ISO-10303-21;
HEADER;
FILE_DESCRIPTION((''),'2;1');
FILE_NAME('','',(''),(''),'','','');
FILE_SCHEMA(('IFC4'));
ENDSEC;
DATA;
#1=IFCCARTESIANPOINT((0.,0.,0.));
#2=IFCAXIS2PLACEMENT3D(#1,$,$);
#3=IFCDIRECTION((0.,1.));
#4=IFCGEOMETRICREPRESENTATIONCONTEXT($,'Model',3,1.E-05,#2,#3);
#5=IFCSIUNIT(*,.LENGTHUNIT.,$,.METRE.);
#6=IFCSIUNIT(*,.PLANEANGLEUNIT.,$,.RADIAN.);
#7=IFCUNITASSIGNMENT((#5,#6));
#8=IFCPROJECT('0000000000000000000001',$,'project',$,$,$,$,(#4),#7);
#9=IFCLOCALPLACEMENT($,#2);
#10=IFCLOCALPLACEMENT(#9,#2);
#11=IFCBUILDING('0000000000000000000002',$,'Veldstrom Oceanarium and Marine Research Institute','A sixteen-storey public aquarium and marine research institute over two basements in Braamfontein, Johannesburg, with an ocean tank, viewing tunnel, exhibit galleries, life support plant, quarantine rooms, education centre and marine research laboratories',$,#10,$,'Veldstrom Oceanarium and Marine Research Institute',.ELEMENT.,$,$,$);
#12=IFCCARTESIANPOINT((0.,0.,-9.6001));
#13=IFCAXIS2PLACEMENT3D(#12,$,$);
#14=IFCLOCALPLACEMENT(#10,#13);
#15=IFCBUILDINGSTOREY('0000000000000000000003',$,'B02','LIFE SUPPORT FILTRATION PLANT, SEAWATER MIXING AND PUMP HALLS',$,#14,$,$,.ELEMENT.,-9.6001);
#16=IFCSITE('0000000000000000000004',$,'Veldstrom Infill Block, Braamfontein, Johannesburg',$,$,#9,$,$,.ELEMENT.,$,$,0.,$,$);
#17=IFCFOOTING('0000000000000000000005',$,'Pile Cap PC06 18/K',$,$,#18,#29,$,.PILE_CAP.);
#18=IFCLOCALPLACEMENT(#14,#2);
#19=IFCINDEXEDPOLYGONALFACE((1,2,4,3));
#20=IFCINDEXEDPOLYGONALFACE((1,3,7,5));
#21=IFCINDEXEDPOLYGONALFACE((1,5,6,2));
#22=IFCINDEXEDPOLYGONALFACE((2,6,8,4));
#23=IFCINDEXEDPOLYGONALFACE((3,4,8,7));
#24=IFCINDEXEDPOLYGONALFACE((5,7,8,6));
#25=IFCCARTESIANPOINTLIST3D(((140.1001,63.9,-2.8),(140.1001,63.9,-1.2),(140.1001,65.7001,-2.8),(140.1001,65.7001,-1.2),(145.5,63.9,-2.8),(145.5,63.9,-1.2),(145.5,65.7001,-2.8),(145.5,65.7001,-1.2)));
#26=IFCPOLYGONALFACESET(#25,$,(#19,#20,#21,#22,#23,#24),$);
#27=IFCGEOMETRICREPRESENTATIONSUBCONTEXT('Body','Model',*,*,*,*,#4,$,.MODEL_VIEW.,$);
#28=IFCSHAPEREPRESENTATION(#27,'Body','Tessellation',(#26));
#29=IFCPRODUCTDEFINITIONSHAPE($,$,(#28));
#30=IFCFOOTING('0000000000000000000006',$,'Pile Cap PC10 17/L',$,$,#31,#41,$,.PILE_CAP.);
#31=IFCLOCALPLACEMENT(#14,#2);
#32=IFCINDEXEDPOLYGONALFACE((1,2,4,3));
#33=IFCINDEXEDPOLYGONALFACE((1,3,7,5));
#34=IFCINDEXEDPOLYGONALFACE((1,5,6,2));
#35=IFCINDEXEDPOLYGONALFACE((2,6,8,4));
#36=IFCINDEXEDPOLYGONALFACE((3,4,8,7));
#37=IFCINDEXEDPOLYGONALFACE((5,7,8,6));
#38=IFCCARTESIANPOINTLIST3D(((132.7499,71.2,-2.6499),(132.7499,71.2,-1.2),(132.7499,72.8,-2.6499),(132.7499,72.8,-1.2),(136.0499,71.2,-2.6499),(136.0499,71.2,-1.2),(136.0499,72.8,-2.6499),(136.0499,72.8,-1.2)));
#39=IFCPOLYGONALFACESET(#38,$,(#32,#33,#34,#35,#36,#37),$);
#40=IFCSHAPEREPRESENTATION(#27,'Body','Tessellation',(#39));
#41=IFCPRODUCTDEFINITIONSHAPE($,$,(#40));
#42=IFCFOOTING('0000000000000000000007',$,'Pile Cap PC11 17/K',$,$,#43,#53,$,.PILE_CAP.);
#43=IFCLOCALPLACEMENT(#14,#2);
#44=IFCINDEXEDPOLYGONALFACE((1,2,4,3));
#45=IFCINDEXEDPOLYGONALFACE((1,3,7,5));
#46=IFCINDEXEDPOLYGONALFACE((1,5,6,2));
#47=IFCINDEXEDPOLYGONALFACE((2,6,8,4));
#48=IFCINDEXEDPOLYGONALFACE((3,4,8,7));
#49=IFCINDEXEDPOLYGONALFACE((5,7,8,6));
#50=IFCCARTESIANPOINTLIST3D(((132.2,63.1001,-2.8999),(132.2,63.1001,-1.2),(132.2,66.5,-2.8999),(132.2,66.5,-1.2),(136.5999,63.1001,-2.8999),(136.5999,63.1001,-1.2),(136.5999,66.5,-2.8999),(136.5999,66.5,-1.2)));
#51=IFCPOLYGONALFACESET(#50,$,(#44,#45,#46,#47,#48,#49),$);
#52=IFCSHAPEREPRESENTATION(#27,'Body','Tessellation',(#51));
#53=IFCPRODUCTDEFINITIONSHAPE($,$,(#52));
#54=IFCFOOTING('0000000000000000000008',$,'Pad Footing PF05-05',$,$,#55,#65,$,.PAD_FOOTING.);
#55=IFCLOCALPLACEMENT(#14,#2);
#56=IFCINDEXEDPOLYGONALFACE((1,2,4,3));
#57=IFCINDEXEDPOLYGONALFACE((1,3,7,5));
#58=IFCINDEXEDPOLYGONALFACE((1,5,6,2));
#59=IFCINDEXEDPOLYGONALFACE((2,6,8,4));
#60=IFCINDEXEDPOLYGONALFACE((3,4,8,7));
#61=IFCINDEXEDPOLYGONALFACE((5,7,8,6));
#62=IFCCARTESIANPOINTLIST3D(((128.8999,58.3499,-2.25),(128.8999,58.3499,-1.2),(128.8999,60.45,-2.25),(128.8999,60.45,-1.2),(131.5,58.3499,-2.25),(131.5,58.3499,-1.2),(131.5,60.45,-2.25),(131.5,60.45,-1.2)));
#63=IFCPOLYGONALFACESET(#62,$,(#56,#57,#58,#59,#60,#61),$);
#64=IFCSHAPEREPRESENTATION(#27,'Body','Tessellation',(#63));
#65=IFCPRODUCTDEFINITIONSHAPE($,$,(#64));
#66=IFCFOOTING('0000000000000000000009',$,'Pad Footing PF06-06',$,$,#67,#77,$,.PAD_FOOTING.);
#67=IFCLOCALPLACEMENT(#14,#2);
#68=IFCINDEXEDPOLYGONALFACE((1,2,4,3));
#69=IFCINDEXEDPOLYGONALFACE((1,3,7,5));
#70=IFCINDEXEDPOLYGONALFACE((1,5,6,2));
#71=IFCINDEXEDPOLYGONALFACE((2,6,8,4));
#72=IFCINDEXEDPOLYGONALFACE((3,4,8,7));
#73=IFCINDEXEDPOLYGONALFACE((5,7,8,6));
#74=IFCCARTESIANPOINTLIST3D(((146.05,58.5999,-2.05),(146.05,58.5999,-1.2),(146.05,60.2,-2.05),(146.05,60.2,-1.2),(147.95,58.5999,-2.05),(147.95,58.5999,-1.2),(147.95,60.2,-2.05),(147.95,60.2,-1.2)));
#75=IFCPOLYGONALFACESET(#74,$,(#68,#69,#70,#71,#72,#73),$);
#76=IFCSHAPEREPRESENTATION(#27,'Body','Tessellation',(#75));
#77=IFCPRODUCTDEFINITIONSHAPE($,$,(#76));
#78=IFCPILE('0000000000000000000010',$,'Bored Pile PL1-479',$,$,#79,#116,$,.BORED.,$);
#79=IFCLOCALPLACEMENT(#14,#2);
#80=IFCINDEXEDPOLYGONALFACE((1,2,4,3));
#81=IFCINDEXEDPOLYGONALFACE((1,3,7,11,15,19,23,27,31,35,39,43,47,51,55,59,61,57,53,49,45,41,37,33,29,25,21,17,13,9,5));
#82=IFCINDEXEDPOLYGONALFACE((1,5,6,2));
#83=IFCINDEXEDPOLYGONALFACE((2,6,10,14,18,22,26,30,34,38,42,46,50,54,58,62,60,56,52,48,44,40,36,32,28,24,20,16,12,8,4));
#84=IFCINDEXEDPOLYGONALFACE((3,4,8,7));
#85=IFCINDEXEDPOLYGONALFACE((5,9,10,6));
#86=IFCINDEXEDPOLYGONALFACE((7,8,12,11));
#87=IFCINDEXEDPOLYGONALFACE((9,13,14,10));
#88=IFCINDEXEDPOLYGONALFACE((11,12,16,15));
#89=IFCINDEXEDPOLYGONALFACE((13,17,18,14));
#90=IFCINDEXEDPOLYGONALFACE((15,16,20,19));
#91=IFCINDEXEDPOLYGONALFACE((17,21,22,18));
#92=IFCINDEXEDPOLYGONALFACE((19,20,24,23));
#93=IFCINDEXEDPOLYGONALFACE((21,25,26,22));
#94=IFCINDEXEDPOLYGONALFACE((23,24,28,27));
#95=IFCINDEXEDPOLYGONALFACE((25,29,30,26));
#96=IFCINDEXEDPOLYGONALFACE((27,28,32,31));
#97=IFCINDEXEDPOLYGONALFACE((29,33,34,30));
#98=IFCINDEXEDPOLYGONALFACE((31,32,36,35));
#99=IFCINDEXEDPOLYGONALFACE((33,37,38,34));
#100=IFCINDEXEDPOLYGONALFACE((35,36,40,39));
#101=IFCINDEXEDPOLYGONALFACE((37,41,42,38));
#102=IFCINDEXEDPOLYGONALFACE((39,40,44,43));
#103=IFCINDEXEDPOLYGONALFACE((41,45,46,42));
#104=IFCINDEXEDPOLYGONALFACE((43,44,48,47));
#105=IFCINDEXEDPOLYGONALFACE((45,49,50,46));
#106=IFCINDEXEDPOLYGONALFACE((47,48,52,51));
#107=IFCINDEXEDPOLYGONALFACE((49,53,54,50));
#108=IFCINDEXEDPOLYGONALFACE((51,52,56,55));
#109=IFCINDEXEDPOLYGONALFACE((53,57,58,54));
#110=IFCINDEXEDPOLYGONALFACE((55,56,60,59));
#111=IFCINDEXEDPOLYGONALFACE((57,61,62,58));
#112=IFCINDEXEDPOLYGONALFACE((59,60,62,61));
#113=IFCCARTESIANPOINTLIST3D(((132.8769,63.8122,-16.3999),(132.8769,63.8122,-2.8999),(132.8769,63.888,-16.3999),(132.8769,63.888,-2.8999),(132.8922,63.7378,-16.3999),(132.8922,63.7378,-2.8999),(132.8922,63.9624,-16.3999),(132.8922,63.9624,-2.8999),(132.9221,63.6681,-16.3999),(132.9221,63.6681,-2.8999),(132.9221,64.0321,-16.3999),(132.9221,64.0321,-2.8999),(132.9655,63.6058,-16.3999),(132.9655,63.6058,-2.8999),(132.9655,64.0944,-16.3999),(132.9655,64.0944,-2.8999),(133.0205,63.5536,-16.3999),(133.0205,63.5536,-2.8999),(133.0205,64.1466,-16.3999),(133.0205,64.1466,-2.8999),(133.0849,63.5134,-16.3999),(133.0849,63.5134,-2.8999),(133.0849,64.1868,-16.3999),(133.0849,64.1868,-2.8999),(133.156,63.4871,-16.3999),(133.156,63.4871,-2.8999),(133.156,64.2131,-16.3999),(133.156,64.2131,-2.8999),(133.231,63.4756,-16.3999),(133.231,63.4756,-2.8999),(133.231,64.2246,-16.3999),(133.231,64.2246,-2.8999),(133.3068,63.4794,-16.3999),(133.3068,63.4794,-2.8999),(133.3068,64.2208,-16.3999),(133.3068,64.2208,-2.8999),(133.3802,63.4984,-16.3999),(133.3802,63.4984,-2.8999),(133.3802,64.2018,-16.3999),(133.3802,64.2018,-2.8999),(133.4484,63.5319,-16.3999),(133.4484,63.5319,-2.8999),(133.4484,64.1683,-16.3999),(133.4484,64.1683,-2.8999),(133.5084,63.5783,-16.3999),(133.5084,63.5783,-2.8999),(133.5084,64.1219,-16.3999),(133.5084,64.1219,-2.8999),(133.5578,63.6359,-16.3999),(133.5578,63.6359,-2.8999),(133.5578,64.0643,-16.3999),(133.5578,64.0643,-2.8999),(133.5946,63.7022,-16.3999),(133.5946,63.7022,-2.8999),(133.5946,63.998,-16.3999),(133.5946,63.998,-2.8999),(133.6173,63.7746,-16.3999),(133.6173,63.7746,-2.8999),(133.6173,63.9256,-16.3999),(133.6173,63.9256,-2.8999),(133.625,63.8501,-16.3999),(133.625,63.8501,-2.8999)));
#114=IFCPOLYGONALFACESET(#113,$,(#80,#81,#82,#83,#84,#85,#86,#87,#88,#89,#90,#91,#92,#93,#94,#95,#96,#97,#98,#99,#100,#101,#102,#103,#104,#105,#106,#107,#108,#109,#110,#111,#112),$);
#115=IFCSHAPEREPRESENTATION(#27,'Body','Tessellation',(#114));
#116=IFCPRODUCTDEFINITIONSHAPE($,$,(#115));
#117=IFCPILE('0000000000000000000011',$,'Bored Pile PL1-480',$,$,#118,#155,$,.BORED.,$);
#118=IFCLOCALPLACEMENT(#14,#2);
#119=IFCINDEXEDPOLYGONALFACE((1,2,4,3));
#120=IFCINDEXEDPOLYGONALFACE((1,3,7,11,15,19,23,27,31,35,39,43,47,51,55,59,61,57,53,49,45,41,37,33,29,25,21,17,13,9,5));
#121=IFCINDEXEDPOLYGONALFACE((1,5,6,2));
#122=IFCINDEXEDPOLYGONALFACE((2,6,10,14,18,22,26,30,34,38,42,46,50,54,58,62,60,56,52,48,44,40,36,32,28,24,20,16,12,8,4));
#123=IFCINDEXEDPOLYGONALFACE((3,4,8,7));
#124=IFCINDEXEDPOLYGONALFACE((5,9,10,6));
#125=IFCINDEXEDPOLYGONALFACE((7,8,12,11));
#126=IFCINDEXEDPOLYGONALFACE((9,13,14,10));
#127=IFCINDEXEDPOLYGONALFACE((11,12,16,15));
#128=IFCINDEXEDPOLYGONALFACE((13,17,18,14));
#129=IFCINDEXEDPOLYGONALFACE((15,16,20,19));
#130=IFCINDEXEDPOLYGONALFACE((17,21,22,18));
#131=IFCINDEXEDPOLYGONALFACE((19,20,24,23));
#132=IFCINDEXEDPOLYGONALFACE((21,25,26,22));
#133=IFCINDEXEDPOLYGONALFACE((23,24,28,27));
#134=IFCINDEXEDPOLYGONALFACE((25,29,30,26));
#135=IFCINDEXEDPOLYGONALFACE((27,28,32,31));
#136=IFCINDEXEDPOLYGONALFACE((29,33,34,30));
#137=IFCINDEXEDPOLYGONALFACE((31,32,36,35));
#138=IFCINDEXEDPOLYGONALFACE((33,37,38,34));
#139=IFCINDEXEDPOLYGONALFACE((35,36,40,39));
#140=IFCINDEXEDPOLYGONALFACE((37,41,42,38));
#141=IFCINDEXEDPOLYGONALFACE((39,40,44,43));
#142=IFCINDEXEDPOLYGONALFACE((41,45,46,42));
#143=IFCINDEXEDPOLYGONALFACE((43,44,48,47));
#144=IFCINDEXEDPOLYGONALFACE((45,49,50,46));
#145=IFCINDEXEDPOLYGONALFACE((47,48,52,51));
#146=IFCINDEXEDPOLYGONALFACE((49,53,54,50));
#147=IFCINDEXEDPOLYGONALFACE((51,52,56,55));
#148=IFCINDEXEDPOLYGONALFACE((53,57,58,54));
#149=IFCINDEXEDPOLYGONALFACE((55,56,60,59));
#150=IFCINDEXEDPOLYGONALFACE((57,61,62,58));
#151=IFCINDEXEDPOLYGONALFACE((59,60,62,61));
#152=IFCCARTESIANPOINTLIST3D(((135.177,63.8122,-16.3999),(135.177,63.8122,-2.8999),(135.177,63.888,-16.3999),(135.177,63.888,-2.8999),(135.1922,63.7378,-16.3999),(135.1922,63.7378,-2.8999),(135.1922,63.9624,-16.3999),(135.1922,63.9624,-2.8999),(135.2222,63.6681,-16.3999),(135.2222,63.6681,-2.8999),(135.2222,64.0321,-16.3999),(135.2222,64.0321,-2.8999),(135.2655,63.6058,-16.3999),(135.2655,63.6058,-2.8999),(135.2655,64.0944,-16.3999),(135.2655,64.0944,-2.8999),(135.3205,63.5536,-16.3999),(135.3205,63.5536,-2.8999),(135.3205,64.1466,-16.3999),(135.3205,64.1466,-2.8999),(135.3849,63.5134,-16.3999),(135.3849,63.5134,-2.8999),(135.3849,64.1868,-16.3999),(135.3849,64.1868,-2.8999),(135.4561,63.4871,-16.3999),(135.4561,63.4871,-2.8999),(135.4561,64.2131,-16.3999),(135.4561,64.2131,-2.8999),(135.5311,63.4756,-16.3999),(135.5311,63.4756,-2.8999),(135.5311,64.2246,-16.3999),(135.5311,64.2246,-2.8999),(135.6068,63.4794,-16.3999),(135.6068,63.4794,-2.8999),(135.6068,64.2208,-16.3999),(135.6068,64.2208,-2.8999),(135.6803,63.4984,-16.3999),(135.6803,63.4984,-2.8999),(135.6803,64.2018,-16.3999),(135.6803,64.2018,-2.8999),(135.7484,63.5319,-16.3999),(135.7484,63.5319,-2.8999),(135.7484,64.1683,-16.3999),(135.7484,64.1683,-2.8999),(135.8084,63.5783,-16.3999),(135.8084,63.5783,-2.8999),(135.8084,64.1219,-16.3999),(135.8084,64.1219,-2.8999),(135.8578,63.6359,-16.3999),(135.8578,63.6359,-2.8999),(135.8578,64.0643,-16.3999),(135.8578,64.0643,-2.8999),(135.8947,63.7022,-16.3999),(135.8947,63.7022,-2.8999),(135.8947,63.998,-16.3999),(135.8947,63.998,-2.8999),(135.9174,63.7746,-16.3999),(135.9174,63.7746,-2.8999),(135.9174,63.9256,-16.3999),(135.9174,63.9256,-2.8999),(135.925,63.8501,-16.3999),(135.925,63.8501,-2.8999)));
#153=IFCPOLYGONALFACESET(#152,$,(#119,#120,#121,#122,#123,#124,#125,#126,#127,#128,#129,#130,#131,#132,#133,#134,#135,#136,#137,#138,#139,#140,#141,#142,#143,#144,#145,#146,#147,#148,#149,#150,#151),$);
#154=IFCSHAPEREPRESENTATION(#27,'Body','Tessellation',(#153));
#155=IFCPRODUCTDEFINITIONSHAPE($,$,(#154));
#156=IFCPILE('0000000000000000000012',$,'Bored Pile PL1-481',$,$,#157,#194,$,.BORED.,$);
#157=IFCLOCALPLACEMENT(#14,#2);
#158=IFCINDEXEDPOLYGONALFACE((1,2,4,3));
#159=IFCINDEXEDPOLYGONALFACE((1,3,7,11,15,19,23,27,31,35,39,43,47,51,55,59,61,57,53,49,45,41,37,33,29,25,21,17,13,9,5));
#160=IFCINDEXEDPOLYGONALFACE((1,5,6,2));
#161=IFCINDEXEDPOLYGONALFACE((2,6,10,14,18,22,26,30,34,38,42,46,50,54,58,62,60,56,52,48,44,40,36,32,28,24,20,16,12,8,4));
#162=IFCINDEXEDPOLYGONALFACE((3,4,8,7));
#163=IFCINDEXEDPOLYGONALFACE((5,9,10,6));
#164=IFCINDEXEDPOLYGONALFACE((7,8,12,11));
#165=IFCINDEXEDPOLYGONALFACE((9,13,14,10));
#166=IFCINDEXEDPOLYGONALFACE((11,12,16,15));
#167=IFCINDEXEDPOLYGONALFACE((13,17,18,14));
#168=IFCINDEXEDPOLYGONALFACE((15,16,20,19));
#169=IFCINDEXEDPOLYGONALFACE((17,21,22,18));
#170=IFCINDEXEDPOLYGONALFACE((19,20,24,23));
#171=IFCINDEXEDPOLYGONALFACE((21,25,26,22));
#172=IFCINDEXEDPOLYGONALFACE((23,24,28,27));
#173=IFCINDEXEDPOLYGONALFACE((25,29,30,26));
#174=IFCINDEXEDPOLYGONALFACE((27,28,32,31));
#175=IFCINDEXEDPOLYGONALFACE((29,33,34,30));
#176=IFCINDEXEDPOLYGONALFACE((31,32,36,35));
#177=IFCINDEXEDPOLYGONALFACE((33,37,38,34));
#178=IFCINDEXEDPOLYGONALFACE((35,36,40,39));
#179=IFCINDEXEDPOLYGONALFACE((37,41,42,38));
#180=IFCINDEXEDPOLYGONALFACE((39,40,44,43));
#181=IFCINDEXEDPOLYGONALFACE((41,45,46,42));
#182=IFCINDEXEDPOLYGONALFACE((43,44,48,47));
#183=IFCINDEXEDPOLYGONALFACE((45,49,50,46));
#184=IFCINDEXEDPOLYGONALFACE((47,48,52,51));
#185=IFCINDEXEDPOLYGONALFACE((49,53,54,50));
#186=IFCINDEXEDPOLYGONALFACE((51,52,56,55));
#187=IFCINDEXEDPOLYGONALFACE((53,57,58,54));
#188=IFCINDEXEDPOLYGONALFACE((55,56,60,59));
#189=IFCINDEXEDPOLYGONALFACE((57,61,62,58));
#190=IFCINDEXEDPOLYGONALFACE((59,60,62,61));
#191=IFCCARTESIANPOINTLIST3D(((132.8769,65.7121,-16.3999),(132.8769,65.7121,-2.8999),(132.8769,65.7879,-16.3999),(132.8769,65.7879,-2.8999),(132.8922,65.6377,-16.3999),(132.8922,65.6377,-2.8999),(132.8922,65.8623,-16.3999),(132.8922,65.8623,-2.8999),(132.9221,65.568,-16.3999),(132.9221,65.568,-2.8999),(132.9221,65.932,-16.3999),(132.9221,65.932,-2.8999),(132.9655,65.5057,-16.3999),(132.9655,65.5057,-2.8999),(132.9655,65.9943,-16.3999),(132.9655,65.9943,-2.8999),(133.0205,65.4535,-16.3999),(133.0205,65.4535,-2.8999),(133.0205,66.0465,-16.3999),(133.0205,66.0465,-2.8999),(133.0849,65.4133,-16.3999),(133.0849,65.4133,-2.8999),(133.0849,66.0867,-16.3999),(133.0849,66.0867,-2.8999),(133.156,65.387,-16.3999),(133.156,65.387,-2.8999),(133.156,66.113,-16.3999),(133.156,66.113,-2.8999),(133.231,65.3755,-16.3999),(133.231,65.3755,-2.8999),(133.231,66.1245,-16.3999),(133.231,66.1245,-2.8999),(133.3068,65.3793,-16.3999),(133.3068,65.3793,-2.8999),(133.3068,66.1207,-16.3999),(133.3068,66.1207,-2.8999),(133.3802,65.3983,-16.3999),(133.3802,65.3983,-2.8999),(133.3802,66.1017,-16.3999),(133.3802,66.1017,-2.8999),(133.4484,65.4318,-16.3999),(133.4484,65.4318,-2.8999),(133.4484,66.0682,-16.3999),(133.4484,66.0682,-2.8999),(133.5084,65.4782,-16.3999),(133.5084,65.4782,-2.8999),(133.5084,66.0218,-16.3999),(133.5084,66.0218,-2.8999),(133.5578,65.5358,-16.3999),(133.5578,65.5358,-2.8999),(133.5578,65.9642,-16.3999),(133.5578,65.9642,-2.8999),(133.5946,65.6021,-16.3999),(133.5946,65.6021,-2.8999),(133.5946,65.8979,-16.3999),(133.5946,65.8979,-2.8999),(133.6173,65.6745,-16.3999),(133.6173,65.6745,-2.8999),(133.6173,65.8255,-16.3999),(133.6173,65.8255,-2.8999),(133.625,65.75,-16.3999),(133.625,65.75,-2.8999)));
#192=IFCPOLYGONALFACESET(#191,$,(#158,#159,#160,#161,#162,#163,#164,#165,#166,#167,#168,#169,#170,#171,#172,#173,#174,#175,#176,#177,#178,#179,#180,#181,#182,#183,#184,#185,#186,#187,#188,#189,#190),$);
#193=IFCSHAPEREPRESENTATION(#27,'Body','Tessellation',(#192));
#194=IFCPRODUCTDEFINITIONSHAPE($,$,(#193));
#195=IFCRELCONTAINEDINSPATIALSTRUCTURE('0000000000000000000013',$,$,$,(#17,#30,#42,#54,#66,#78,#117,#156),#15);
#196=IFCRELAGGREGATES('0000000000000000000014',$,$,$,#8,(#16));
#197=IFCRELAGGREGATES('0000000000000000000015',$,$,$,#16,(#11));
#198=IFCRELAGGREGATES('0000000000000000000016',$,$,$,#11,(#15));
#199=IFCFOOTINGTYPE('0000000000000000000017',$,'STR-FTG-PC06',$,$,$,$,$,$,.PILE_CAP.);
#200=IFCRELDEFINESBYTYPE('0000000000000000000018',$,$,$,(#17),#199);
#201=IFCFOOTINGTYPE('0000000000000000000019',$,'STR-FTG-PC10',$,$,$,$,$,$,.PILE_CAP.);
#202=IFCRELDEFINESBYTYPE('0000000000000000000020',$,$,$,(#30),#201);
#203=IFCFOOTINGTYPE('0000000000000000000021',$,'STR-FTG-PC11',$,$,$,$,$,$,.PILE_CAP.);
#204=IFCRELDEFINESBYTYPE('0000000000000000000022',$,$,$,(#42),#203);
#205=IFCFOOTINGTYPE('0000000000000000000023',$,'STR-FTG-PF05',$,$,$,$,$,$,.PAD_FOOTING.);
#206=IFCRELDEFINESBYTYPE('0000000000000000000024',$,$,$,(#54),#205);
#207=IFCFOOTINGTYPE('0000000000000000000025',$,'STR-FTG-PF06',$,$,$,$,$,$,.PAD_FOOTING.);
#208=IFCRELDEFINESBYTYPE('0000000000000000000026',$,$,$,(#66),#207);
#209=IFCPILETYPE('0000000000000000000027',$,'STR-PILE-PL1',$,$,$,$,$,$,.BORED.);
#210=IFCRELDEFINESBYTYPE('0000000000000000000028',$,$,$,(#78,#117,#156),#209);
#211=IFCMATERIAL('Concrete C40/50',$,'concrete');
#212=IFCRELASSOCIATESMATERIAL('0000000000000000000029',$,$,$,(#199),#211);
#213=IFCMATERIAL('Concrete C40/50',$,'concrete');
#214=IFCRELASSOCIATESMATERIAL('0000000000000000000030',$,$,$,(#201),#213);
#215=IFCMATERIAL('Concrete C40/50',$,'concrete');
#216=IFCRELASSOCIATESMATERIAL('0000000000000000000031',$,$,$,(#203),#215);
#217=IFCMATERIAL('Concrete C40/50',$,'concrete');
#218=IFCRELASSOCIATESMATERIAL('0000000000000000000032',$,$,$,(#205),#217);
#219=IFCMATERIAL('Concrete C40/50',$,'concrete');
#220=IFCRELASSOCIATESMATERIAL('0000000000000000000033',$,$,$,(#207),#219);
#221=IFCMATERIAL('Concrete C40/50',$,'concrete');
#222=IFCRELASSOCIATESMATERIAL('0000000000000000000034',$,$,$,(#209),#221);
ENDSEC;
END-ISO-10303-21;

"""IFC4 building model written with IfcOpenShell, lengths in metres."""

from ifc_helpers import new_model, si_unit, direction, frame, origin, origin_2d, place, context, subcontext, project, spatial, rectangle, circle, extrude, material, material_profile, profile_set, type_object, element, save


model = new_model("IFC4")

# Units and contexts
model_context = context("Model", 3, precision=1e-05, world=origin(), true_north=direction((0.0, 1.0)))
body_context = subcontext(model_context, "Body", "Model", "MODEL_VIEW")
ifc_project = project(units=[si_unit("LENGTHUNIT", "METRE"), si_unit("PLANEANGLEUNIT", "RADIAN")], contexts=[model_context])

# Site, building, storey
site_placement = place(None, origin())
site = spatial("IfcSite", under=ifc_project, at=site_placement, Name="Veldstrom Infill Block, Braamfontein, Johannesburg", CompositionType="ELEMENT", RefElevation=0.0)
building_placement = place(site_placement, origin())
building = spatial("IfcBuilding", under=site, at=building_placement, Name="Veldstrom Oceanarium and Marine Research Institute", Description="A sixteen-storey public aquarium and marine research institute over two basements in Braamfontein, Johannesburg, with an ocean tank, viewing tunnel, exhibit galleries, life support plant, quarantine rooms, education centre and marine research laboratories", LongName="Veldstrom Oceanarium and Marine Research Institute", CompositionType="ELEMENT")
storey_placement = place(building_placement, frame((0.0, 0.0, -9.6001)))
storey = spatial("IfcBuildingStorey", under=building, at=storey_placement, Name="B02", Description="LIFE SUPPORT FILTRATION PLANT, SEAWATER MIXING AND PUMP HALLS", CompositionType="ELEMENT", Elevation=-9.6001)

# Footings
ifc_material_1 = material(Name="Concrete C40/50", Category="concrete")
footing_type_1 = type_object("IfcFootingType", Name="STR-FTG-PC06", PredefinedType="PILE_CAP", material=ifc_material_1)
footing_1_placement = place(storey_placement, frame((142.8, 64.8, -2.8), z_axis=(0.0, 0.0, 1.0), x_axis=(1.0, 0.0, 0.0)))
element("IfcFooting", 1, at=footing_1_placement, inside=storey, type_object=footing_type_1, Name="Pile Cap PC06 18/K", PredefinedType="PILE_CAP", context=body_context, shape_type="SweptSolid", body=[
    extrude(rectangle(XDim=5.3999, YDim=1.8, at=origin_2d()), origin(), (0.0, 0.0, 1.0), 1.6001),
])
ifc_material_2 = material(Name="Concrete C40/50", Category="concrete")
footing_type_2 = type_object("IfcFootingType", Name="STR-FTG-PC10", PredefinedType="PILE_CAP", material=ifc_material_2)
footing_2_placement = place(storey_placement, frame((134.3999, 72.0, -2.6499), z_axis=(0.0, 0.0, 1.0), x_axis=(1.0, 0.0, 0.0)))
element("IfcFooting", 2, at=footing_2_placement, inside=storey, type_object=footing_type_2, Name="Pile Cap PC10 17/L", PredefinedType="PILE_CAP", context=body_context, shape_type="SweptSolid", body=[
    extrude(rectangle(XDim=3.3, YDim=1.6001, at=origin_2d()), origin(), (0.0, 0.0, 1.0), 1.45),
])
ifc_material_3 = material(Name="Concrete C40/50", Category="concrete")
footing_type_3 = type_object("IfcFootingType", Name="STR-FTG-PC11", PredefinedType="PILE_CAP", material=ifc_material_3)
footing_3_placement = place(storey_placement, frame((134.3999, 64.8, -2.8999), z_axis=(0.0, 0.0, 1.0), x_axis=(1.0, 0.0, 0.0)))
element("IfcFooting", 3, at=footing_3_placement, inside=storey, type_object=footing_type_3, Name="Pile Cap PC11 17/K", PredefinedType="PILE_CAP", context=body_context, shape_type="SweptSolid", body=[
    extrude(rectangle(XDim=4.3999, YDim=3.3999, at=origin_2d()), origin(), (0.0, 0.0, 1.0), 1.7),
])
ifc_material_4 = material(Name="Concrete C40/50", Category="concrete")
footing_type_4 = type_object("IfcFootingType", Name="STR-FTG-PF05", PredefinedType="PAD_FOOTING", material=ifc_material_4)
footing_4_placement = place(storey_placement, frame((130.2, 59.3999, -2.25), z_axis=(0.0, 0.0, 1.0), x_axis=(1.0, 0.0, 0.0)))
element("IfcFooting", 4, at=footing_4_placement, inside=storey, type_object=footing_type_4, Name="Pad Footing PF05-05", PredefinedType="PAD_FOOTING", context=body_context, shape_type="SweptSolid", body=[
    extrude(rectangle(XDim=2.6001, YDim=2.1001, at=origin_2d()), origin(), (0.0, 0.0, 1.0), 1.05),
])
ifc_material_5 = material(Name="Concrete C40/50", Category="concrete")
footing_type_5 = type_object("IfcFootingType", Name="STR-FTG-PF06", PredefinedType="PAD_FOOTING", material=ifc_material_5)
footing_5_placement = place(storey_placement, frame((147.0, 59.3999, -2.05), z_axis=(0.0, 0.0, 1.0), x_axis=(1.0, 0.0, 0.0)))
element("IfcFooting", 5, at=footing_5_placement, inside=storey, type_object=footing_type_5, Name="Pad Footing PF06-06", PredefinedType="PAD_FOOTING", context=body_context, shape_type="SweptSolid", body=[
    extrude(rectangle(XDim=1.8999, YDim=1.6001, at=origin_2d()), origin(), (0.0, 0.0, 1.0), 0.8501),
])

# Piles
ifc_material_6 = material(Name="Concrete C40/50", Category="concrete")
ifc_material_profile_1 = material_profile(ifc_material_6, circle(Radius=0.375, at=origin_2d()), Name="PILE-D750")
ifc_profile_set_1 = profile_set([ifc_material_profile_1], Name="Concrete C40/50")
pile_type = type_object("IfcPileType", Name="STR-PILE-PL1", PredefinedType="BORED", material=ifc_profile_set_1)
for number, where, z_axis, x_axis, name in (
    (6, (133.25, 63.8501, -2.8999), (0.0, 0.0, -1.0), (1.0, 0.0, 0.0), "Bored Pile PL1-479"),
    (7, (135.55, 63.8501, -2.8999), (0.0, 0.0, -1.0), (1.0, 0.0, 0.0), "Bored Pile PL1-480"),
    (8, (133.25, 65.75, -2.8999), (0.0, 0.0, -1.0), (1.0, 0.0, 0.0), "Bored Pile PL1-481"),
):
    element("IfcPile", number, at=place(storey_placement, frame(where, z_axis=z_axis, x_axis=x_axis)), inside=storey, type_object=pile_type, Name=name, PredefinedType="BORED", context=body_context, shape_type="SweptSolid", body=[
        extrude(circle(Radius=0.375, at=origin_2d()), origin(), (0.0, 0.0, 1.0), 13.5),
    ])

save(model, "model.ifc")
